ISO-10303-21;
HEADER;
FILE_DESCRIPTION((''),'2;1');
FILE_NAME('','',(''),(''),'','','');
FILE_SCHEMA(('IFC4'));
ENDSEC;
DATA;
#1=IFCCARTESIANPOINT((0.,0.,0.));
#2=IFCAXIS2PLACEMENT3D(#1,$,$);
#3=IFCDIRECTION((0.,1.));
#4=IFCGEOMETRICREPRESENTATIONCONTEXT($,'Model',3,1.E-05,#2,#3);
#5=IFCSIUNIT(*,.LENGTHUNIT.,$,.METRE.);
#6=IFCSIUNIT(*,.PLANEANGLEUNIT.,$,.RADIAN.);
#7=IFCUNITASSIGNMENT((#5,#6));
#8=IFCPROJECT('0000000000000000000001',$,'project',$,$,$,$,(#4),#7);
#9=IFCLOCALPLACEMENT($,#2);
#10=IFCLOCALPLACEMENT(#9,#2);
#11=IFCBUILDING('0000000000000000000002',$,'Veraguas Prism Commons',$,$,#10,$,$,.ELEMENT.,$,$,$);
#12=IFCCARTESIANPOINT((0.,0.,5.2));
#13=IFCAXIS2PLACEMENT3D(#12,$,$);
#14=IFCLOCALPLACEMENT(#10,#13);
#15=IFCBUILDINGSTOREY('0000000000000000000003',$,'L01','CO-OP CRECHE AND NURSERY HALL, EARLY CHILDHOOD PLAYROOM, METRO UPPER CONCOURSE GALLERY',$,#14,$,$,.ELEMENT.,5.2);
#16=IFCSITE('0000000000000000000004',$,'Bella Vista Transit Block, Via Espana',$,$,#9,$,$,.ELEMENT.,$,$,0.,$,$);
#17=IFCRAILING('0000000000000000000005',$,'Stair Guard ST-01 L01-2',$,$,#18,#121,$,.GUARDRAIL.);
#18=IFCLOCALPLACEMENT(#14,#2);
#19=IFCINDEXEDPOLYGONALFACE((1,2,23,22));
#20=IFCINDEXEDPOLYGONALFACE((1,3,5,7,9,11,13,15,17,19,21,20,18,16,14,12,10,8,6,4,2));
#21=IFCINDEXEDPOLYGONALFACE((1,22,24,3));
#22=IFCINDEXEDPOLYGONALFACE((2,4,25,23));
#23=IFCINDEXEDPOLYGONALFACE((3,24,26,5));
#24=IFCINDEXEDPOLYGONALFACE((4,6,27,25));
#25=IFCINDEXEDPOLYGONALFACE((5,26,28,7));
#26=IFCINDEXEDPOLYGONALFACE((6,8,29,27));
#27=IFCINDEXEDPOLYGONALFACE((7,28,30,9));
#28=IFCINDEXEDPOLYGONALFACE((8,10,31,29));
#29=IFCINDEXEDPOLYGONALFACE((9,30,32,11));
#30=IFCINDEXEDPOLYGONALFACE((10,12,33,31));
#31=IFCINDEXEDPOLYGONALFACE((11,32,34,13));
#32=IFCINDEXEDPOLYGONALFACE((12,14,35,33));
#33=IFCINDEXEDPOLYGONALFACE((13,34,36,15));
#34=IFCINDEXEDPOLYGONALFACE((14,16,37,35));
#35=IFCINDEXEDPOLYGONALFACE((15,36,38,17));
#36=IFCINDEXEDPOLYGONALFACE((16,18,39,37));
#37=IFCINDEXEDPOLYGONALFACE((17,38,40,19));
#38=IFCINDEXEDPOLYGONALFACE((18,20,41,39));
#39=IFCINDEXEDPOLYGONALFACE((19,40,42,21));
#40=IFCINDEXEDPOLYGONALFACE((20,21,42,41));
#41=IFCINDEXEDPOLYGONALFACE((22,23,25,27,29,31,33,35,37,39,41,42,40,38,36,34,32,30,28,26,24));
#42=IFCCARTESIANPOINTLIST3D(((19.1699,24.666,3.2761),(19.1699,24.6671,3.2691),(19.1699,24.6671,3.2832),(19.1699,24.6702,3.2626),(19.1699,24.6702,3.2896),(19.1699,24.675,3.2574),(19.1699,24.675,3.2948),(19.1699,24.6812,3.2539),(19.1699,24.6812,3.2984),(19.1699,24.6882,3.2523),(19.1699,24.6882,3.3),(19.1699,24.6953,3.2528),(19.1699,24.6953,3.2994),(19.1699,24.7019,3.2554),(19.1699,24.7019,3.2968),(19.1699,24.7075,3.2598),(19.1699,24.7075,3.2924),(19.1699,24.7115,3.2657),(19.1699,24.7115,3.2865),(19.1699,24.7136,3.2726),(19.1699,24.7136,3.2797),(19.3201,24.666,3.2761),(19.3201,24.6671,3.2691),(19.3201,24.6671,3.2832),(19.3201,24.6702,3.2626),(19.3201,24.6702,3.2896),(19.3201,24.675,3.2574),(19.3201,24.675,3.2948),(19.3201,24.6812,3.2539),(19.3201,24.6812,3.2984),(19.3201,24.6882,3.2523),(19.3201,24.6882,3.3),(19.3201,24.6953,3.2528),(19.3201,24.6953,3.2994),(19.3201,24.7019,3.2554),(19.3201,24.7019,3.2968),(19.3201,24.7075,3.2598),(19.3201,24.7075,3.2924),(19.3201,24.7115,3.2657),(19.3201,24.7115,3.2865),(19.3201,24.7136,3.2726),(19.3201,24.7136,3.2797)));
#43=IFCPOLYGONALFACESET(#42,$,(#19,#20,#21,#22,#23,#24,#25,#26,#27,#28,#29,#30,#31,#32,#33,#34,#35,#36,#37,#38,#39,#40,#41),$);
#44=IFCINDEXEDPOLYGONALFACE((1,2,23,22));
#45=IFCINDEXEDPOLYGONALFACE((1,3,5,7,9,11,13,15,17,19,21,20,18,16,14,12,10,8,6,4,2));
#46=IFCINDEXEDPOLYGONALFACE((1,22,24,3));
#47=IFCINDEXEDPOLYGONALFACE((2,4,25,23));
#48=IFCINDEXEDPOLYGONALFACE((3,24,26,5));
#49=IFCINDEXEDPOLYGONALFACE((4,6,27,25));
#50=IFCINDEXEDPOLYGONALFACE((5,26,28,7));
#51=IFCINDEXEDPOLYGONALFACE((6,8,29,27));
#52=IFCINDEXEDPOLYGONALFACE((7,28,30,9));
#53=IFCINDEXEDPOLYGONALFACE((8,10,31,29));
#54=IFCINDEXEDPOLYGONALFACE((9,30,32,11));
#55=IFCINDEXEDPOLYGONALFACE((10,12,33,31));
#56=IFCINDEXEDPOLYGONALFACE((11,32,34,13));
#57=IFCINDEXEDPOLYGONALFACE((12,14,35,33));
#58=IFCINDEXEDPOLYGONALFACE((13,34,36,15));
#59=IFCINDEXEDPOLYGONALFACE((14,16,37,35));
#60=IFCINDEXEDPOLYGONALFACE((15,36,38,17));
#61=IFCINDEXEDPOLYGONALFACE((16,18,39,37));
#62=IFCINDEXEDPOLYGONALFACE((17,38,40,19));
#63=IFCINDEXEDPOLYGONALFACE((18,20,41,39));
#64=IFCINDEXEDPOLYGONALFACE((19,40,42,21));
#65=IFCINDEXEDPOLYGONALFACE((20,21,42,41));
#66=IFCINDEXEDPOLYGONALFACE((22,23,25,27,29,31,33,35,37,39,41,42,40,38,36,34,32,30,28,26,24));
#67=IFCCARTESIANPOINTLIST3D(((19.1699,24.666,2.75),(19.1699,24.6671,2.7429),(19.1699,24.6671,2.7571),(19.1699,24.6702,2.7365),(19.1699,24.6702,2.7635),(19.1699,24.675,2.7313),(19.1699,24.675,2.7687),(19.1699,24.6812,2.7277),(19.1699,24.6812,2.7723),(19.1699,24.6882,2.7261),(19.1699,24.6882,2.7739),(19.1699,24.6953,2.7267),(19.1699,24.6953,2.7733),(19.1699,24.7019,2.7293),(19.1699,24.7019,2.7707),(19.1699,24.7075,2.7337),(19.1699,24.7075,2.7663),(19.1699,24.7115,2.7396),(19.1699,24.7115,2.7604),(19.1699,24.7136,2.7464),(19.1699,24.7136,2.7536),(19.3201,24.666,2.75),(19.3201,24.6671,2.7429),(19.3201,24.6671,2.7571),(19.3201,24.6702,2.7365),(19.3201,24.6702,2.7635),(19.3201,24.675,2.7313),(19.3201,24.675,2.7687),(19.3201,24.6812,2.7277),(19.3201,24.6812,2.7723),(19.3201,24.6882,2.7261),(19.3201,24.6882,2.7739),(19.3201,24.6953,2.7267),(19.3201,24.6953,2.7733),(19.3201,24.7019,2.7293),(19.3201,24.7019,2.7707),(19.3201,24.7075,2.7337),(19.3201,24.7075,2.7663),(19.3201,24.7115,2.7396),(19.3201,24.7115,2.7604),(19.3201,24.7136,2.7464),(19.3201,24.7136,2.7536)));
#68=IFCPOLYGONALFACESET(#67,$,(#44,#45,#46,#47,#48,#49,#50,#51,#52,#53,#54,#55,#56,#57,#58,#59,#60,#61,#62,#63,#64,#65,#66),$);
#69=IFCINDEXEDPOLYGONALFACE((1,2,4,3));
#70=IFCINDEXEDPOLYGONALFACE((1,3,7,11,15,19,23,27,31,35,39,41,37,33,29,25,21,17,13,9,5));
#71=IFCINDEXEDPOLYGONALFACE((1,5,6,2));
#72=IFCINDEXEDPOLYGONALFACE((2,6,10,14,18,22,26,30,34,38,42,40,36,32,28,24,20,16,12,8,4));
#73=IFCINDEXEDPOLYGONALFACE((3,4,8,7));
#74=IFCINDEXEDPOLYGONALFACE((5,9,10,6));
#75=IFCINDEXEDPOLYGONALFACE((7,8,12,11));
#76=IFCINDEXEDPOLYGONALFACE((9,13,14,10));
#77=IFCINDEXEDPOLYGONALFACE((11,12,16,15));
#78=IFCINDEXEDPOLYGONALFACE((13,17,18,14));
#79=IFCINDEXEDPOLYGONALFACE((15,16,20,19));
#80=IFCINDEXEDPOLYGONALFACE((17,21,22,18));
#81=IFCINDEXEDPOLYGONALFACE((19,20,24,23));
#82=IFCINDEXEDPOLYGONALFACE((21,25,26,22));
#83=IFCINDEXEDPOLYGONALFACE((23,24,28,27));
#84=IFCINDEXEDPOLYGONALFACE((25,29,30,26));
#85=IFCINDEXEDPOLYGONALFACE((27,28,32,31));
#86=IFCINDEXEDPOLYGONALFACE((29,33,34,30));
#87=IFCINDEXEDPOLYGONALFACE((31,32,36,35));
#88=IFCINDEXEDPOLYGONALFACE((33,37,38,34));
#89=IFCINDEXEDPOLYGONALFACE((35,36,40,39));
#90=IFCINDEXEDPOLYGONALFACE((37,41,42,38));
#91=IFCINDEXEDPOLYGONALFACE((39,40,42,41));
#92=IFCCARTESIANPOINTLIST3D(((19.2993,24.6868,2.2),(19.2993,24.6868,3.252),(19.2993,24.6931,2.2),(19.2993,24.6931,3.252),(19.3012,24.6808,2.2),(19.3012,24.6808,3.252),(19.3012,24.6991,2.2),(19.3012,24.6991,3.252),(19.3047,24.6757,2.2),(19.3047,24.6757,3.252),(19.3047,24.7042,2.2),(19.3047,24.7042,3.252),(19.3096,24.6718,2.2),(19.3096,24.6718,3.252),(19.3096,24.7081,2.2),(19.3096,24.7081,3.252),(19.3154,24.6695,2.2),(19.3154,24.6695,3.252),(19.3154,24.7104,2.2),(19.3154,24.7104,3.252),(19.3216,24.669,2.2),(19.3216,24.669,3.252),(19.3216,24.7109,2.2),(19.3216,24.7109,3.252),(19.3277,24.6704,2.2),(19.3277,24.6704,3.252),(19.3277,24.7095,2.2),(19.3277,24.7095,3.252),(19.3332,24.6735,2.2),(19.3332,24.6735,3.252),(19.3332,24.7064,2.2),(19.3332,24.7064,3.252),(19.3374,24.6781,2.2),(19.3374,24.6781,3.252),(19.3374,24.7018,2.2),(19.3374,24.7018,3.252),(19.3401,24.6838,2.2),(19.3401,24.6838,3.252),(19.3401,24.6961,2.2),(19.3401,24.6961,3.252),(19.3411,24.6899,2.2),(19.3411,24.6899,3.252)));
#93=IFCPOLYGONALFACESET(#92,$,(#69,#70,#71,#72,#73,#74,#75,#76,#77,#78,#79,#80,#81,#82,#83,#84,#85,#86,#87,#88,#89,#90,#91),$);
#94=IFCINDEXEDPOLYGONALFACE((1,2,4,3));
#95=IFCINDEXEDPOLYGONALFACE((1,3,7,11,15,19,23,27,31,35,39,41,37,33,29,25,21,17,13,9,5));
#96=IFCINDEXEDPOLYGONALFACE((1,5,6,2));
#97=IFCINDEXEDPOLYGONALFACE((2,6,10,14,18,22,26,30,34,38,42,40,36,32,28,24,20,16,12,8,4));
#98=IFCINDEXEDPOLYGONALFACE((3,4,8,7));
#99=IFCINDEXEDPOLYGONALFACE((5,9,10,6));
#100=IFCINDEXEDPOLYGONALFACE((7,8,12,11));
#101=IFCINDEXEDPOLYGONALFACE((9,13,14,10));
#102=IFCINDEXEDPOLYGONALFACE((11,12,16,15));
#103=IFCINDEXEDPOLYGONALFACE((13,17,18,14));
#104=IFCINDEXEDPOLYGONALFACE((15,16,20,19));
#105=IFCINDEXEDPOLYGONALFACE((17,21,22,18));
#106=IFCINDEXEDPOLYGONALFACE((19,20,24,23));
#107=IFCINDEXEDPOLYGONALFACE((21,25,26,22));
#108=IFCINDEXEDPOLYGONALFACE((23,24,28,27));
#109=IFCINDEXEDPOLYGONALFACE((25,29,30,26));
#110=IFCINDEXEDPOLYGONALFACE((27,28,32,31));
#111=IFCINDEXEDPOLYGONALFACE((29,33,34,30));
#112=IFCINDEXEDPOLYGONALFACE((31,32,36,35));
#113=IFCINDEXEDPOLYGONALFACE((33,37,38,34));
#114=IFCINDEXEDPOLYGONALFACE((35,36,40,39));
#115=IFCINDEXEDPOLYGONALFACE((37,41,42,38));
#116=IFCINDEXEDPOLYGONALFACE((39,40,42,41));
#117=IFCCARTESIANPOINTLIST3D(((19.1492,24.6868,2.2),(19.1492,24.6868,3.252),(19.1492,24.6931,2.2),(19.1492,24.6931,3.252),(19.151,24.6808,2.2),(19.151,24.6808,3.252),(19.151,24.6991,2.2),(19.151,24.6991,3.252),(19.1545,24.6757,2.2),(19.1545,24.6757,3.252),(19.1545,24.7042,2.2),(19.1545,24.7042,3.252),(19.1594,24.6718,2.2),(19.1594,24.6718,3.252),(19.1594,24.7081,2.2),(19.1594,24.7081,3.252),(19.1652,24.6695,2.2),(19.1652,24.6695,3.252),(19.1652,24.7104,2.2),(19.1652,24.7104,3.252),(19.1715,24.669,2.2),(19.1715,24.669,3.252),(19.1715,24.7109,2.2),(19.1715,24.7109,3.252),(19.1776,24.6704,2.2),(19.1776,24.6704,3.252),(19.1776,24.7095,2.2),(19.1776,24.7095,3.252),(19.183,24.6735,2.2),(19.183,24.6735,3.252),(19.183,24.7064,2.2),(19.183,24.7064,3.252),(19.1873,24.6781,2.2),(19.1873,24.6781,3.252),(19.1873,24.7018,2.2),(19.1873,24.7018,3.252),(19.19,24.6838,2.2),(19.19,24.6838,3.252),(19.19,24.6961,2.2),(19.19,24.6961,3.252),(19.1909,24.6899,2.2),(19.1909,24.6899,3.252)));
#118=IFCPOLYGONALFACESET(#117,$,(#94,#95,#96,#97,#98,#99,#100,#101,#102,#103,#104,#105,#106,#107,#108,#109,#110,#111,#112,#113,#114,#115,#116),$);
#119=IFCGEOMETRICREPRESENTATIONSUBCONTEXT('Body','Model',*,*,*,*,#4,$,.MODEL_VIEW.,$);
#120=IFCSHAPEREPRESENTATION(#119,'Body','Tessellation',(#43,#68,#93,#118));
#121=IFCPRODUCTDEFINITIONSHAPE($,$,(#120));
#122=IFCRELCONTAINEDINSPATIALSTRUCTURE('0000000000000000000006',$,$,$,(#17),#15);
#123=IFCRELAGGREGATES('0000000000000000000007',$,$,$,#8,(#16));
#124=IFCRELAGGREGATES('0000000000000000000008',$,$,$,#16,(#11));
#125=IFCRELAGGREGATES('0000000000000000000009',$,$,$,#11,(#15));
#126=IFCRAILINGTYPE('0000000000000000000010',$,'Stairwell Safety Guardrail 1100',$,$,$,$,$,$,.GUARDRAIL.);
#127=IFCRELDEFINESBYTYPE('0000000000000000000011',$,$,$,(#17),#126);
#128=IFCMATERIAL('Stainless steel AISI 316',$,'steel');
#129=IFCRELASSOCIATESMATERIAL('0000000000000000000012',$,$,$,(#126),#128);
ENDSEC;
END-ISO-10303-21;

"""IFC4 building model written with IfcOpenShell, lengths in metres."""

from ifc_helpers import new_model, si_unit, direction, frame, origin, origin_2d, place, context, subcontext, project, spatial, circle, extrude, material, type_object, element, save


model = new_model("IFC4")

# Units and contexts
model_context = context("Model", 3, precision=1e-05, world=origin(), true_north=direction((0.0, 1.0)))
body_context = subcontext(model_context, "Body", "Model", "MODEL_VIEW")
ifc_project = project(units=[si_unit("LENGTHUNIT", "METRE"), si_unit("PLANEANGLEUNIT", "RADIAN")], contexts=[model_context])

# Site, building, storey
site_placement = place(None, origin())
site = spatial("IfcSite", under=ifc_project, at=site_placement, Name="Bella Vista Transit Block, Via Espana", CompositionType="ELEMENT", RefElevation=0.0)
building_placement = place(site_placement, origin())
building = spatial("IfcBuilding", under=site, at=building_placement, Name="Veraguas Prism Commons", CompositionType="ELEMENT")
storey_placement = place(building_placement, frame((0.0, 0.0, 5.2)))
storey = spatial("IfcBuildingStorey", under=building, at=storey_placement, Name="L01", Description="CO-OP CRECHE AND NURSERY HALL, EARLY CHILDHOOD PLAYROOM, METRO UPPER CONCOURSE GALLERY", CompositionType="ELEMENT", Elevation=5.2)

# Railing
ifc_material_1 = material(Name="Stainless steel AISI 316", Category="steel")
railing_type_1 = type_object("IfcRailingType", Name="Stairwell Safety Guardrail 1100", PredefinedType="GUARDRAIL", material=ifc_material_1)
railing_1_placement = place(storey_placement, frame((19.3201, 24.6899, 2.2)))
element("IfcRailing", 1, at=railing_1_placement, inside=storey, type_object=railing_type_1, Name="Stair Guard ST-01 L01-2", PredefinedType="GUARDRAIL", context=body_context, shape_type="SweptSolid", body=[
    extrude(circle(Radius=0.0239, at=origin_2d()), frame((0.0, 0.0, 1.0762), z_axis=(-1.0, 0.0, 0.0), x_axis=(0.0, -1.0, 0.0)), (0.0, 0.0, 1.0), 0.1501),
    extrude(circle(Radius=0.0239, at=origin_2d()), frame((0.0, 0.0, 0.55), z_axis=(-1.0, 0.0, 0.0), x_axis=(0.0, -1.0, 0.0)), (0.0, 0.0, 1.0), 0.1501),
    extrude(circle(Radius=0.021, at=origin_2d()), origin(), (0.0, 0.0, 1.0), 1.052),
    extrude(circle(Radius=0.021, at=origin_2d()), frame((-0.1501, 0.0, 0.0)), (0.0, 0.0, 1.0), 1.052),
])

save(model, "model.ifc")
